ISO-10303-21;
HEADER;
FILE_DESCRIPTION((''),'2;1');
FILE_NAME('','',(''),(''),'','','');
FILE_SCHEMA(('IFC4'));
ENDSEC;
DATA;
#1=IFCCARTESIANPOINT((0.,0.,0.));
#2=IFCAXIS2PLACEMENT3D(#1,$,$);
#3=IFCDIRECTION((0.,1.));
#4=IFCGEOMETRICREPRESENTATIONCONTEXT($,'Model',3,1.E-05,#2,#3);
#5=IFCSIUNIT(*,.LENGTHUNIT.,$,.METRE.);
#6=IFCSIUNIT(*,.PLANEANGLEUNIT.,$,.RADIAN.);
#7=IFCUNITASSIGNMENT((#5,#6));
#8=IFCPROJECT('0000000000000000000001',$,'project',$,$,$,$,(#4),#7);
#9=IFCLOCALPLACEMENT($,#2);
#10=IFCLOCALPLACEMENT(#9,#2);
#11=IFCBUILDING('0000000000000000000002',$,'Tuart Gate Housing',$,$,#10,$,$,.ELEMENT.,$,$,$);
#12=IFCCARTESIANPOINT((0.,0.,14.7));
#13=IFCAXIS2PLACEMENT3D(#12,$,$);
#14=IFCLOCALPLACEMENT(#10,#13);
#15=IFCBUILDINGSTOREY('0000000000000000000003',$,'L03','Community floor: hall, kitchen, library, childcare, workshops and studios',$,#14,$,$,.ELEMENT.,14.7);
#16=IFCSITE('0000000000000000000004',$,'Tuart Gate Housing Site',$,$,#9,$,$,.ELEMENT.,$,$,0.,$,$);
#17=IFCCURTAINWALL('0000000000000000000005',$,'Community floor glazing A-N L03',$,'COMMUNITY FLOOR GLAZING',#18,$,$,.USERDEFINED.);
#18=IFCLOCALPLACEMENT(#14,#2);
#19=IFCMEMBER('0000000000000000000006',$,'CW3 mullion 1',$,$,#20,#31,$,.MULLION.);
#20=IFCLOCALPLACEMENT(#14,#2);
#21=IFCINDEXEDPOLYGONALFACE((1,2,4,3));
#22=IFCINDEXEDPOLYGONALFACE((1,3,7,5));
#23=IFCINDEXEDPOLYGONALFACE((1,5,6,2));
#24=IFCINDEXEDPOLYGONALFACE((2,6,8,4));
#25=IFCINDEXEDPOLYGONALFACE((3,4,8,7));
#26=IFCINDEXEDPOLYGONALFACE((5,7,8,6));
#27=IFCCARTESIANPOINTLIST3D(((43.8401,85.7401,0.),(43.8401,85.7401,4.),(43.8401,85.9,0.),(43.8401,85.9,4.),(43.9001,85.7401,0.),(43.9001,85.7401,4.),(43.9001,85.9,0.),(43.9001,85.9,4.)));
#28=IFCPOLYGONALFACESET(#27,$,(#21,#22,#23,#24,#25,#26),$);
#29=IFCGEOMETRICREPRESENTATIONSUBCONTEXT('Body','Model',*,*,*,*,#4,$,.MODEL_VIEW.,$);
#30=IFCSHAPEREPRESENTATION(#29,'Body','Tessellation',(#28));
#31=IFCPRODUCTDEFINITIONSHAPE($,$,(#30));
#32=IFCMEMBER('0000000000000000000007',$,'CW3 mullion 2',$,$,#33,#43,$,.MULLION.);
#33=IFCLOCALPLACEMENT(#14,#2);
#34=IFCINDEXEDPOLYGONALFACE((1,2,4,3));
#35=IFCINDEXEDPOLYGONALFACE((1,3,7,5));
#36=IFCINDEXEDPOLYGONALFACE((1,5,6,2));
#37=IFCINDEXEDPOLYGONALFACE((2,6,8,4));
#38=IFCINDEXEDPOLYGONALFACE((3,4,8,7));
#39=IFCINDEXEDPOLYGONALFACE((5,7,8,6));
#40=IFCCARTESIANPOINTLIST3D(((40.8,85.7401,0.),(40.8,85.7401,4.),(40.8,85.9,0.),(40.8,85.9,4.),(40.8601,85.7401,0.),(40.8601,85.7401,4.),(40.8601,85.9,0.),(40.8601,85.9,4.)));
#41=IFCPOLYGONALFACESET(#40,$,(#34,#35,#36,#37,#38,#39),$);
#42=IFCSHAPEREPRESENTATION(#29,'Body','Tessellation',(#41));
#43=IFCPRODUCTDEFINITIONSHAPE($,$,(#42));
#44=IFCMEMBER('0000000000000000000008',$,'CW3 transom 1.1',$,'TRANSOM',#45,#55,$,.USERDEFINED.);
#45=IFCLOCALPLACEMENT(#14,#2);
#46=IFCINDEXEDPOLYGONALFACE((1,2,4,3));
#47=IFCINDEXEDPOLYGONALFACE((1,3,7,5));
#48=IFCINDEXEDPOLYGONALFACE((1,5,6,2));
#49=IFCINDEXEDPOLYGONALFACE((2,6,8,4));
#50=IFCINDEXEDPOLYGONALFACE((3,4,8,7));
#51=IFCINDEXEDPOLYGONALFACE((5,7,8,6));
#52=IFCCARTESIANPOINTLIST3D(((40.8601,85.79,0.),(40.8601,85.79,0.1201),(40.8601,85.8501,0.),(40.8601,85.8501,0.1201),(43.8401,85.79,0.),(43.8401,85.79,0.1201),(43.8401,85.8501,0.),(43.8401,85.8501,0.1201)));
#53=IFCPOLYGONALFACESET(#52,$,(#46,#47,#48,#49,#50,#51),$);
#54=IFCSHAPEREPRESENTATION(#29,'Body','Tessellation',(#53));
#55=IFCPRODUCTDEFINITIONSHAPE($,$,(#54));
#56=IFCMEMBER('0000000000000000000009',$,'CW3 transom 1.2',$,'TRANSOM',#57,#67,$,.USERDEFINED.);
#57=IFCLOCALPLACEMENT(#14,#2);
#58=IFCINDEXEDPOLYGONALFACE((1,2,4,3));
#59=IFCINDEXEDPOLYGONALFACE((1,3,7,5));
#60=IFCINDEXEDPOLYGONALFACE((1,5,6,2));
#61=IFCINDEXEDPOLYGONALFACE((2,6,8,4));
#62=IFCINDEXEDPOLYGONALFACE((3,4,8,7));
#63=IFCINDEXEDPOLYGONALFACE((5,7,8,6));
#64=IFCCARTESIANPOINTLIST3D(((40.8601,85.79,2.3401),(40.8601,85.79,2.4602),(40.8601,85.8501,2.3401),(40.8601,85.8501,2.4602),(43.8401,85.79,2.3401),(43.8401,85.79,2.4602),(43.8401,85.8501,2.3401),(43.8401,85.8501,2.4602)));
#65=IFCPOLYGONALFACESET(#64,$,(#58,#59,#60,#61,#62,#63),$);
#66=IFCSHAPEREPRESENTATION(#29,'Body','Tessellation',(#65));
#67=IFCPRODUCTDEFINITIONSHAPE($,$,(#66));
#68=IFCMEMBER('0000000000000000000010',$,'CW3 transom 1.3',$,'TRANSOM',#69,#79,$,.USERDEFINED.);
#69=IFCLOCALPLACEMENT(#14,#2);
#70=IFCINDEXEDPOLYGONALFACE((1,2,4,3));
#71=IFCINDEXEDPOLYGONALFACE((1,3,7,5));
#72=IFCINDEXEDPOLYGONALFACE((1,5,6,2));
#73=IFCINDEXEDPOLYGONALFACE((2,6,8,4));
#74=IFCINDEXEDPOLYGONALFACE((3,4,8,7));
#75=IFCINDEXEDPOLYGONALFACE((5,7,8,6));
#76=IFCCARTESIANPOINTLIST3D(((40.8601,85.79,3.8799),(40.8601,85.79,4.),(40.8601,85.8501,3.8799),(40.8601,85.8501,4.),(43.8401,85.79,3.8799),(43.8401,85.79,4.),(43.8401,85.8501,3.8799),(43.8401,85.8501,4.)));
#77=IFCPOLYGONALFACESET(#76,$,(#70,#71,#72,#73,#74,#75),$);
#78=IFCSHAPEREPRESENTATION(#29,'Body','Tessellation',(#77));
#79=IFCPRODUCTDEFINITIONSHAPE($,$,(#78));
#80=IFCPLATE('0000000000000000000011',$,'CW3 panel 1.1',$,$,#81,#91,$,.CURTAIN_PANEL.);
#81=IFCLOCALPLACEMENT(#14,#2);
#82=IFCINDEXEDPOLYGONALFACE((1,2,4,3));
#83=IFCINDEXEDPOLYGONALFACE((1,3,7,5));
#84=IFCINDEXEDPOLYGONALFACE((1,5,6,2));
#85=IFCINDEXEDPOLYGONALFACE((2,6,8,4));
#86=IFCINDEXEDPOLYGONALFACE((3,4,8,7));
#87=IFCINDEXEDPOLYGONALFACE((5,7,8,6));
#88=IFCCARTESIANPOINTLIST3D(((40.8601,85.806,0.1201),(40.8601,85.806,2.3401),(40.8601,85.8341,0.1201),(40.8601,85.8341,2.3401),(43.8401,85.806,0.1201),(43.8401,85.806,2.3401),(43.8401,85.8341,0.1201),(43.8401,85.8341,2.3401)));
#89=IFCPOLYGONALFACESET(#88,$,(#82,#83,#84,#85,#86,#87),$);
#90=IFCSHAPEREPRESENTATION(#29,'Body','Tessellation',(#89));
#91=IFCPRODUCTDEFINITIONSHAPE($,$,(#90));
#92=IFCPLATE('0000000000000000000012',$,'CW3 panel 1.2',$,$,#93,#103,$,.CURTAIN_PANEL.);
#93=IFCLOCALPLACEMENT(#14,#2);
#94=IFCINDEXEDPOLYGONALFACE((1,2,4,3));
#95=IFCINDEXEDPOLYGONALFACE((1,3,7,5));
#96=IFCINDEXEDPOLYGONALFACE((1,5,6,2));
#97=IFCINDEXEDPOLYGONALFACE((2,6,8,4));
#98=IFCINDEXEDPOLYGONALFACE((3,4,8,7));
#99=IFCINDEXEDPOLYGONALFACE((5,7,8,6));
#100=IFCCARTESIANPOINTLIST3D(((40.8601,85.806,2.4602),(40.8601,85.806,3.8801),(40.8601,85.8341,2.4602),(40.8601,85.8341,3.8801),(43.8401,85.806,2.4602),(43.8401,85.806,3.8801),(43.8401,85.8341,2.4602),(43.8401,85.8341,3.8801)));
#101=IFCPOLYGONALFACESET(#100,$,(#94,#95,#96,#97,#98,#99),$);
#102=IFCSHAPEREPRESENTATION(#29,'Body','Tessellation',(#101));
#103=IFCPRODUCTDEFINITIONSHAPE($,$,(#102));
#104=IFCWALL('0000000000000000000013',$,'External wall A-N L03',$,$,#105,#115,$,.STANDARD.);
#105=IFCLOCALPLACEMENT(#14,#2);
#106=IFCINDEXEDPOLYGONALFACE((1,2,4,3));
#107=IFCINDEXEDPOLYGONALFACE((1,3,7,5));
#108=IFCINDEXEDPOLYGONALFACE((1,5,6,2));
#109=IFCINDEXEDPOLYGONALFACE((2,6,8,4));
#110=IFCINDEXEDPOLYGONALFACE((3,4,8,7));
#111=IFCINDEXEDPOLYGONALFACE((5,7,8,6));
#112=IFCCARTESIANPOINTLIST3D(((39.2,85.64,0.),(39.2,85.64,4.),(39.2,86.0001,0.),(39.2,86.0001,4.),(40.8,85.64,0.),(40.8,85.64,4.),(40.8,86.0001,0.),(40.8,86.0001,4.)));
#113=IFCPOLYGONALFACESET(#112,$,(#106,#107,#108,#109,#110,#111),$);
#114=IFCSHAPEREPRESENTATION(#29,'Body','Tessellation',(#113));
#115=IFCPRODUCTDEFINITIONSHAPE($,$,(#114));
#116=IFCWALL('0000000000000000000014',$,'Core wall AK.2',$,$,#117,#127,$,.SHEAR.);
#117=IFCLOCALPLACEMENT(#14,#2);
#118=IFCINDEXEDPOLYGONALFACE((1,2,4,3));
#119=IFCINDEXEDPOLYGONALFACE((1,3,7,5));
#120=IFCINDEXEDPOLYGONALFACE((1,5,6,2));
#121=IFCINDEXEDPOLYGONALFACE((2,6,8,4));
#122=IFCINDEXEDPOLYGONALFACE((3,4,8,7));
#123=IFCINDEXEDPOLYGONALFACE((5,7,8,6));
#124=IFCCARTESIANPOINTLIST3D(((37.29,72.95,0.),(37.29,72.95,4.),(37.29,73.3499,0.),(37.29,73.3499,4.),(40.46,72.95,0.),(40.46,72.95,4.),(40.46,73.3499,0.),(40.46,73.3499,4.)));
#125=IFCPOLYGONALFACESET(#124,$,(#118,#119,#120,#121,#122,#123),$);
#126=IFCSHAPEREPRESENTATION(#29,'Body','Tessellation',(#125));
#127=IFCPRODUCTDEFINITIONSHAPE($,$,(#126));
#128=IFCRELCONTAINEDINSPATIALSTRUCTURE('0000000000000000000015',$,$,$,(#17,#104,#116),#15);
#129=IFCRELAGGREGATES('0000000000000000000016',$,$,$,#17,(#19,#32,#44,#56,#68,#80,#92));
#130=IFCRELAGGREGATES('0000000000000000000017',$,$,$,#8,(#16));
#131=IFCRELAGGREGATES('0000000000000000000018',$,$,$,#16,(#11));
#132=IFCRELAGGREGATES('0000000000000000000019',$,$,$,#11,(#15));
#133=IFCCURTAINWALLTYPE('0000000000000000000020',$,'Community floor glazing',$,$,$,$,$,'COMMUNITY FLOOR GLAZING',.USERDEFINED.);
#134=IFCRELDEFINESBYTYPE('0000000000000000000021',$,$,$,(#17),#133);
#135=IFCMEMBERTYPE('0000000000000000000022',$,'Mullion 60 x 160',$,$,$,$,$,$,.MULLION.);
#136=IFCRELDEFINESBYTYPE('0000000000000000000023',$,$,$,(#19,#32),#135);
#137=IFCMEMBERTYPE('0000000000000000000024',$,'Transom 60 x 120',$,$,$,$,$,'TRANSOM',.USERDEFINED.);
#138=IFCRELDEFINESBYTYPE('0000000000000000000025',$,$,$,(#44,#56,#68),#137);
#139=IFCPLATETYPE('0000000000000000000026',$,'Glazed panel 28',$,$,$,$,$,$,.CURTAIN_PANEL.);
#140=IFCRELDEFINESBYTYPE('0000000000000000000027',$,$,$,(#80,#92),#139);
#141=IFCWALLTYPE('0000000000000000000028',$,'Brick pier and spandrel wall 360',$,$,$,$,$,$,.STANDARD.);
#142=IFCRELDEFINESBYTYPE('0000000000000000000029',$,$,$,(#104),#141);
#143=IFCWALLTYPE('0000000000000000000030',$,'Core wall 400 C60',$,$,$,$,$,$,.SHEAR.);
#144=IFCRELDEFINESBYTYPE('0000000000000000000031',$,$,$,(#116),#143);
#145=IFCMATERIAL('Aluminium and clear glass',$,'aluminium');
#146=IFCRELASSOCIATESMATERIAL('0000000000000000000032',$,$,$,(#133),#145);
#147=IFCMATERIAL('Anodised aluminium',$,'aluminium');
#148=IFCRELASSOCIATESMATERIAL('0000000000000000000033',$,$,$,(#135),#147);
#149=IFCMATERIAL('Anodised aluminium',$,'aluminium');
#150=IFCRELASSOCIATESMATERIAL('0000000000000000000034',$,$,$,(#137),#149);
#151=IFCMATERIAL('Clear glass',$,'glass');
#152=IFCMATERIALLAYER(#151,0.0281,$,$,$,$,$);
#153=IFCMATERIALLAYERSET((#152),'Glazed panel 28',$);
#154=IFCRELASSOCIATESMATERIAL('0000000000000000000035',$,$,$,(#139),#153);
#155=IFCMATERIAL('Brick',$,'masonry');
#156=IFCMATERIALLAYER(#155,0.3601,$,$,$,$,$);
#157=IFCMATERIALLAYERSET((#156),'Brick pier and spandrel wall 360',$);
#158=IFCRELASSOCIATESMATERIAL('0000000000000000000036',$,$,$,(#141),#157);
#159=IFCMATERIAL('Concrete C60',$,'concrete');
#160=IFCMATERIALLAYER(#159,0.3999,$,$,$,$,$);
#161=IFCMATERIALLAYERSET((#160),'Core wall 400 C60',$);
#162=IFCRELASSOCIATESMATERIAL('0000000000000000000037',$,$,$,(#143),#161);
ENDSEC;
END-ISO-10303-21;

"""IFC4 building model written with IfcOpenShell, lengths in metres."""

from ifc_helpers import new_model, si_unit, direction, frame, frame_2d, origin, origin_2d, place, context, subcontext, project, spatial, rectangle, extrude, material, layer, layer_set, material_profile, profile_set, type_object, element, aggregate, save


model = new_model("IFC4")

# Units and contexts
model_context = context("Model", 3, precision=1e-05, world=origin(), true_north=direction((0.0, 1.0)))
body_context = subcontext(model_context, "Body", "Model", "MODEL_VIEW")
ifc_project = project(units=[si_unit("LENGTHUNIT", "METRE"), si_unit("PLANEANGLEUNIT", "RADIAN")], contexts=[model_context])

# Site, building, storey
site_placement = place(None, origin())
site = spatial("IfcSite", under=ifc_project, at=site_placement, Name="Tuart Gate Housing Site", CompositionType="ELEMENT", RefElevation=0.0)
building_placement = place(site_placement, origin())
building = spatial("IfcBuilding", under=site, at=building_placement, Name="Tuart Gate Housing", CompositionType="ELEMENT")
storey_placement = place(building_placement, frame((0.0, 0.0, 14.7)))
storey = spatial("IfcBuildingStorey", under=building, at=storey_placement, Name="L03", Description="Community floor: hall, kitchen, library, childcare, workshops and studios", CompositionType="ELEMENT", Elevation=14.7)

# Curtain wall, members, plates
ifc_material_1 = material(Name="Aluminium and clear glass", Category="aluminium")
curtain_wall_type = type_object("IfcCurtainWallType", Name="Community floor glazing", ElementType="COMMUNITY FLOOR GLAZING", PredefinedType="USERDEFINED", material=ifc_material_1)
curtain_wall_placement = place(storey_placement, origin())
curtain_wall = element("IfcCurtainWall", 1, at=curtain_wall_placement, inside=storey, type_object=curtain_wall_type, Name="Community floor glazing A-N L03", ObjectType="COMMUNITY FLOOR GLAZING", PredefinedType="USERDEFINED")
ifc_material_2 = material(Name="Anodised aluminium", Category="aluminium")
ifc_material_profile_1 = material_profile(ifc_material_2, rectangle(XDim=0.0601, YDim=0.1599, at=origin_2d()), Name="60x160")
ifc_profile_set_1 = profile_set([ifc_material_profile_1], Name="Anodised aluminium")
member_type_1 = type_object("IfcMemberType", Name="Mullion 60 x 160", PredefinedType="MULLION", material=ifc_profile_set_1)
member_1_placement = place(storey_placement, frame((43.8701, 85.8201, 0.0), z_axis=(0.0, 0.0, 1.0), x_axis=(-1.0, 0.0, 0.0)))
member_1 = element("IfcMember", 2, at=member_1_placement, type_object=member_type_1, Name="CW3 mullion 1", PredefinedType="MULLION", context=body_context, shape_type="SweptSolid", body=[
    extrude(rectangle(XDim=0.0601, YDim=0.1599, at=origin_2d()), origin(), (0.0, 0.0, 1.0), 4.0),
])
member_2_placement = place(storey_placement, frame((40.8301, 85.8201, 0.0), z_axis=(0.0, 0.0, 1.0), x_axis=(-1.0, 0.0, 0.0)))
member_2 = element("IfcMember", 3, at=member_2_placement, type_object=member_type_1, Name="CW3 mullion 2", PredefinedType="MULLION", context=body_context, shape_type="SweptSolid", body=[
    extrude(rectangle(XDim=0.0601, YDim=0.1599, at=origin_2d()), origin(), (0.0, 0.0, 1.0), 4.0),
])
ifc_material_3 = material(Name="Anodised aluminium", Category="aluminium")
ifc_material_profile_2 = material_profile(ifc_material_3, rectangle(XDim=0.0601, YDim=0.1201, at=origin_2d()), Name="60x120")
ifc_profile_set_2 = profile_set([ifc_material_profile_2], Name="Anodised aluminium")
member_type_2 = type_object("IfcMemberType", Name="Transom 60 x 120", ElementType="TRANSOM", PredefinedType="USERDEFINED", material=ifc_profile_set_2)
member_3_placement = place(storey_placement, frame((43.8401, 85.8201, 0.0601), z_axis=(-1.0, 0.0, 0.0), x_axis=(0.0, -1.0, 0.0)))
member_3 = element("IfcMember", 4, at=member_3_placement, type_object=member_type_2, Name="CW3 transom 1.1", ObjectType="TRANSOM", PredefinedType="USERDEFINED", context=body_context, shape_type="SweptSolid", body=[
    extrude(rectangle(XDim=0.0601, YDim=0.1201, at=origin_2d()), origin(), (0.0, 0.0, 1.0), 2.98),
])
member_4_placement = place(storey_placement, frame((43.8401, 85.8201, 2.4001), z_axis=(-1.0, 0.0, 0.0), x_axis=(0.0, -1.0, 0.0)))
member_4 = element("IfcMember", 5, at=member_4_placement, type_object=member_type_2, Name="CW3 transom 1.2", ObjectType="TRANSOM", PredefinedType="USERDEFINED", context=body_context, shape_type="SweptSolid", body=[
    extrude(rectangle(XDim=0.0601, YDim=0.1201, at=origin_2d()), origin(), (0.0, 0.0, 1.0), 2.98),
])
member_5_placement = place(storey_placement, frame((43.8401, 85.8201, 3.9399), z_axis=(-1.0, 0.0, 0.0), x_axis=(0.0, -1.0, 0.0)))
member_5 = element("IfcMember", 6, at=member_5_placement, type_object=member_type_2, Name="CW3 transom 1.3", ObjectType="TRANSOM", PredefinedType="USERDEFINED", context=body_context, shape_type="SweptSolid", body=[
    extrude(rectangle(XDim=0.0601, YDim=0.1201, at=origin_2d()), origin(), (0.0, 0.0, 1.0), 2.98),
])
ifc_material_4 = material(Name="Clear glass", Category="glass")
ifc_layer_1 = layer(ifc_material_4, 0.0281)
ifc_layer_set_1 = layer_set([ifc_layer_1], Name="Glazed panel 28")
plate_type = type_object("IfcPlateType", Name="Glazed panel 28", PredefinedType="CURTAIN_PANEL", material=ifc_layer_set_1)
plate_1_placement = place(storey_placement, frame((42.3501, 85.8201, 0.1201), z_axis=(0.0, 0.0, 1.0), x_axis=(-1.0, 0.0, 0.0)))
plate_1 = element("IfcPlate", 7, at=plate_1_placement, type_object=plate_type, Name="CW3 panel 1.1", PredefinedType="CURTAIN_PANEL", context=body_context, shape_type="SweptSolid", body=[
    extrude(rectangle(XDim=2.98, YDim=0.0281, at=origin_2d()), origin(), (0.0, 0.0, 1.0), 2.22),
])
plate_2_placement = place(storey_placement, frame((42.3501, 85.8201, 2.4602), z_axis=(0.0, 0.0, 1.0), x_axis=(-1.0, 0.0, 0.0)))
plate_2 = element("IfcPlate", 8, at=plate_2_placement, type_object=plate_type, Name="CW3 panel 1.2", PredefinedType="CURTAIN_PANEL", context=body_context, shape_type="SweptSolid", body=[
    extrude(rectangle(XDim=2.98, YDim=0.0281, at=origin_2d()), origin(), (0.0, 0.0, 1.0), 1.4199),
])
aggregate(curtain_wall, [member_1, member_2, member_3, member_4, member_5, plate_1, plate_2])

# Walls
ifc_material_5 = material(Name="Brick", Category="masonry")
ifc_layer_2 = layer(ifc_material_5, 0.3601)
ifc_layer_set_2 = layer_set([ifc_layer_2], Name="Brick pier and spandrel wall 360")
wall_type_1 = type_object("IfcWallType", Name="Brick pier and spandrel wall 360", PredefinedType="STANDARD", material=ifc_layer_set_2)
wall_1_placement = place(storey_placement, frame((40.8, 85.8201, 0.0), z_axis=(0.0, 0.0, 1.0), x_axis=(-1.0, 0.0, 0.0)))
element("IfcWall", 9, at=wall_1_placement, inside=storey, type_object=wall_type_1, Name="External wall A-N L03", PredefinedType="STANDARD", context=body_context, shape_type="SweptSolid", body=[
    extrude(rectangle(XDim=1.6001, YDim=0.3601, at=frame_2d((0.8, 0.0))), origin(), (0.0, 0.0, 1.0), 4.0),
])
ifc_material_6 = material(Name="Concrete C60", Category="concrete")
ifc_layer_3 = layer(ifc_material_6, 0.3999)
ifc_layer_set_3 = layer_set([ifc_layer_3], Name="Core wall 400 C60")
wall_type_2 = type_object("IfcWallType", Name="Core wall 400 C60", PredefinedType="SHEAR", material=ifc_layer_set_3)
wall_2_placement = place(storey_placement, frame((40.46, 73.1499, 0.0), z_axis=(0.0, 0.0, 1.0), x_axis=(-1.0, 0.0, 0.0)))
element("IfcWall", 10, at=wall_2_placement, inside=storey, type_object=wall_type_2, Name="Core wall AK.2", PredefinedType="SHEAR", context=body_context, shape_type="SweptSolid", body=[
    extrude(rectangle(XDim=3.1699, YDim=0.3999, at=frame_2d((1.585, 0.0))), origin(), (0.0, 0.0, 1.0), 4.0),
])

save(model, "model.ifc")
